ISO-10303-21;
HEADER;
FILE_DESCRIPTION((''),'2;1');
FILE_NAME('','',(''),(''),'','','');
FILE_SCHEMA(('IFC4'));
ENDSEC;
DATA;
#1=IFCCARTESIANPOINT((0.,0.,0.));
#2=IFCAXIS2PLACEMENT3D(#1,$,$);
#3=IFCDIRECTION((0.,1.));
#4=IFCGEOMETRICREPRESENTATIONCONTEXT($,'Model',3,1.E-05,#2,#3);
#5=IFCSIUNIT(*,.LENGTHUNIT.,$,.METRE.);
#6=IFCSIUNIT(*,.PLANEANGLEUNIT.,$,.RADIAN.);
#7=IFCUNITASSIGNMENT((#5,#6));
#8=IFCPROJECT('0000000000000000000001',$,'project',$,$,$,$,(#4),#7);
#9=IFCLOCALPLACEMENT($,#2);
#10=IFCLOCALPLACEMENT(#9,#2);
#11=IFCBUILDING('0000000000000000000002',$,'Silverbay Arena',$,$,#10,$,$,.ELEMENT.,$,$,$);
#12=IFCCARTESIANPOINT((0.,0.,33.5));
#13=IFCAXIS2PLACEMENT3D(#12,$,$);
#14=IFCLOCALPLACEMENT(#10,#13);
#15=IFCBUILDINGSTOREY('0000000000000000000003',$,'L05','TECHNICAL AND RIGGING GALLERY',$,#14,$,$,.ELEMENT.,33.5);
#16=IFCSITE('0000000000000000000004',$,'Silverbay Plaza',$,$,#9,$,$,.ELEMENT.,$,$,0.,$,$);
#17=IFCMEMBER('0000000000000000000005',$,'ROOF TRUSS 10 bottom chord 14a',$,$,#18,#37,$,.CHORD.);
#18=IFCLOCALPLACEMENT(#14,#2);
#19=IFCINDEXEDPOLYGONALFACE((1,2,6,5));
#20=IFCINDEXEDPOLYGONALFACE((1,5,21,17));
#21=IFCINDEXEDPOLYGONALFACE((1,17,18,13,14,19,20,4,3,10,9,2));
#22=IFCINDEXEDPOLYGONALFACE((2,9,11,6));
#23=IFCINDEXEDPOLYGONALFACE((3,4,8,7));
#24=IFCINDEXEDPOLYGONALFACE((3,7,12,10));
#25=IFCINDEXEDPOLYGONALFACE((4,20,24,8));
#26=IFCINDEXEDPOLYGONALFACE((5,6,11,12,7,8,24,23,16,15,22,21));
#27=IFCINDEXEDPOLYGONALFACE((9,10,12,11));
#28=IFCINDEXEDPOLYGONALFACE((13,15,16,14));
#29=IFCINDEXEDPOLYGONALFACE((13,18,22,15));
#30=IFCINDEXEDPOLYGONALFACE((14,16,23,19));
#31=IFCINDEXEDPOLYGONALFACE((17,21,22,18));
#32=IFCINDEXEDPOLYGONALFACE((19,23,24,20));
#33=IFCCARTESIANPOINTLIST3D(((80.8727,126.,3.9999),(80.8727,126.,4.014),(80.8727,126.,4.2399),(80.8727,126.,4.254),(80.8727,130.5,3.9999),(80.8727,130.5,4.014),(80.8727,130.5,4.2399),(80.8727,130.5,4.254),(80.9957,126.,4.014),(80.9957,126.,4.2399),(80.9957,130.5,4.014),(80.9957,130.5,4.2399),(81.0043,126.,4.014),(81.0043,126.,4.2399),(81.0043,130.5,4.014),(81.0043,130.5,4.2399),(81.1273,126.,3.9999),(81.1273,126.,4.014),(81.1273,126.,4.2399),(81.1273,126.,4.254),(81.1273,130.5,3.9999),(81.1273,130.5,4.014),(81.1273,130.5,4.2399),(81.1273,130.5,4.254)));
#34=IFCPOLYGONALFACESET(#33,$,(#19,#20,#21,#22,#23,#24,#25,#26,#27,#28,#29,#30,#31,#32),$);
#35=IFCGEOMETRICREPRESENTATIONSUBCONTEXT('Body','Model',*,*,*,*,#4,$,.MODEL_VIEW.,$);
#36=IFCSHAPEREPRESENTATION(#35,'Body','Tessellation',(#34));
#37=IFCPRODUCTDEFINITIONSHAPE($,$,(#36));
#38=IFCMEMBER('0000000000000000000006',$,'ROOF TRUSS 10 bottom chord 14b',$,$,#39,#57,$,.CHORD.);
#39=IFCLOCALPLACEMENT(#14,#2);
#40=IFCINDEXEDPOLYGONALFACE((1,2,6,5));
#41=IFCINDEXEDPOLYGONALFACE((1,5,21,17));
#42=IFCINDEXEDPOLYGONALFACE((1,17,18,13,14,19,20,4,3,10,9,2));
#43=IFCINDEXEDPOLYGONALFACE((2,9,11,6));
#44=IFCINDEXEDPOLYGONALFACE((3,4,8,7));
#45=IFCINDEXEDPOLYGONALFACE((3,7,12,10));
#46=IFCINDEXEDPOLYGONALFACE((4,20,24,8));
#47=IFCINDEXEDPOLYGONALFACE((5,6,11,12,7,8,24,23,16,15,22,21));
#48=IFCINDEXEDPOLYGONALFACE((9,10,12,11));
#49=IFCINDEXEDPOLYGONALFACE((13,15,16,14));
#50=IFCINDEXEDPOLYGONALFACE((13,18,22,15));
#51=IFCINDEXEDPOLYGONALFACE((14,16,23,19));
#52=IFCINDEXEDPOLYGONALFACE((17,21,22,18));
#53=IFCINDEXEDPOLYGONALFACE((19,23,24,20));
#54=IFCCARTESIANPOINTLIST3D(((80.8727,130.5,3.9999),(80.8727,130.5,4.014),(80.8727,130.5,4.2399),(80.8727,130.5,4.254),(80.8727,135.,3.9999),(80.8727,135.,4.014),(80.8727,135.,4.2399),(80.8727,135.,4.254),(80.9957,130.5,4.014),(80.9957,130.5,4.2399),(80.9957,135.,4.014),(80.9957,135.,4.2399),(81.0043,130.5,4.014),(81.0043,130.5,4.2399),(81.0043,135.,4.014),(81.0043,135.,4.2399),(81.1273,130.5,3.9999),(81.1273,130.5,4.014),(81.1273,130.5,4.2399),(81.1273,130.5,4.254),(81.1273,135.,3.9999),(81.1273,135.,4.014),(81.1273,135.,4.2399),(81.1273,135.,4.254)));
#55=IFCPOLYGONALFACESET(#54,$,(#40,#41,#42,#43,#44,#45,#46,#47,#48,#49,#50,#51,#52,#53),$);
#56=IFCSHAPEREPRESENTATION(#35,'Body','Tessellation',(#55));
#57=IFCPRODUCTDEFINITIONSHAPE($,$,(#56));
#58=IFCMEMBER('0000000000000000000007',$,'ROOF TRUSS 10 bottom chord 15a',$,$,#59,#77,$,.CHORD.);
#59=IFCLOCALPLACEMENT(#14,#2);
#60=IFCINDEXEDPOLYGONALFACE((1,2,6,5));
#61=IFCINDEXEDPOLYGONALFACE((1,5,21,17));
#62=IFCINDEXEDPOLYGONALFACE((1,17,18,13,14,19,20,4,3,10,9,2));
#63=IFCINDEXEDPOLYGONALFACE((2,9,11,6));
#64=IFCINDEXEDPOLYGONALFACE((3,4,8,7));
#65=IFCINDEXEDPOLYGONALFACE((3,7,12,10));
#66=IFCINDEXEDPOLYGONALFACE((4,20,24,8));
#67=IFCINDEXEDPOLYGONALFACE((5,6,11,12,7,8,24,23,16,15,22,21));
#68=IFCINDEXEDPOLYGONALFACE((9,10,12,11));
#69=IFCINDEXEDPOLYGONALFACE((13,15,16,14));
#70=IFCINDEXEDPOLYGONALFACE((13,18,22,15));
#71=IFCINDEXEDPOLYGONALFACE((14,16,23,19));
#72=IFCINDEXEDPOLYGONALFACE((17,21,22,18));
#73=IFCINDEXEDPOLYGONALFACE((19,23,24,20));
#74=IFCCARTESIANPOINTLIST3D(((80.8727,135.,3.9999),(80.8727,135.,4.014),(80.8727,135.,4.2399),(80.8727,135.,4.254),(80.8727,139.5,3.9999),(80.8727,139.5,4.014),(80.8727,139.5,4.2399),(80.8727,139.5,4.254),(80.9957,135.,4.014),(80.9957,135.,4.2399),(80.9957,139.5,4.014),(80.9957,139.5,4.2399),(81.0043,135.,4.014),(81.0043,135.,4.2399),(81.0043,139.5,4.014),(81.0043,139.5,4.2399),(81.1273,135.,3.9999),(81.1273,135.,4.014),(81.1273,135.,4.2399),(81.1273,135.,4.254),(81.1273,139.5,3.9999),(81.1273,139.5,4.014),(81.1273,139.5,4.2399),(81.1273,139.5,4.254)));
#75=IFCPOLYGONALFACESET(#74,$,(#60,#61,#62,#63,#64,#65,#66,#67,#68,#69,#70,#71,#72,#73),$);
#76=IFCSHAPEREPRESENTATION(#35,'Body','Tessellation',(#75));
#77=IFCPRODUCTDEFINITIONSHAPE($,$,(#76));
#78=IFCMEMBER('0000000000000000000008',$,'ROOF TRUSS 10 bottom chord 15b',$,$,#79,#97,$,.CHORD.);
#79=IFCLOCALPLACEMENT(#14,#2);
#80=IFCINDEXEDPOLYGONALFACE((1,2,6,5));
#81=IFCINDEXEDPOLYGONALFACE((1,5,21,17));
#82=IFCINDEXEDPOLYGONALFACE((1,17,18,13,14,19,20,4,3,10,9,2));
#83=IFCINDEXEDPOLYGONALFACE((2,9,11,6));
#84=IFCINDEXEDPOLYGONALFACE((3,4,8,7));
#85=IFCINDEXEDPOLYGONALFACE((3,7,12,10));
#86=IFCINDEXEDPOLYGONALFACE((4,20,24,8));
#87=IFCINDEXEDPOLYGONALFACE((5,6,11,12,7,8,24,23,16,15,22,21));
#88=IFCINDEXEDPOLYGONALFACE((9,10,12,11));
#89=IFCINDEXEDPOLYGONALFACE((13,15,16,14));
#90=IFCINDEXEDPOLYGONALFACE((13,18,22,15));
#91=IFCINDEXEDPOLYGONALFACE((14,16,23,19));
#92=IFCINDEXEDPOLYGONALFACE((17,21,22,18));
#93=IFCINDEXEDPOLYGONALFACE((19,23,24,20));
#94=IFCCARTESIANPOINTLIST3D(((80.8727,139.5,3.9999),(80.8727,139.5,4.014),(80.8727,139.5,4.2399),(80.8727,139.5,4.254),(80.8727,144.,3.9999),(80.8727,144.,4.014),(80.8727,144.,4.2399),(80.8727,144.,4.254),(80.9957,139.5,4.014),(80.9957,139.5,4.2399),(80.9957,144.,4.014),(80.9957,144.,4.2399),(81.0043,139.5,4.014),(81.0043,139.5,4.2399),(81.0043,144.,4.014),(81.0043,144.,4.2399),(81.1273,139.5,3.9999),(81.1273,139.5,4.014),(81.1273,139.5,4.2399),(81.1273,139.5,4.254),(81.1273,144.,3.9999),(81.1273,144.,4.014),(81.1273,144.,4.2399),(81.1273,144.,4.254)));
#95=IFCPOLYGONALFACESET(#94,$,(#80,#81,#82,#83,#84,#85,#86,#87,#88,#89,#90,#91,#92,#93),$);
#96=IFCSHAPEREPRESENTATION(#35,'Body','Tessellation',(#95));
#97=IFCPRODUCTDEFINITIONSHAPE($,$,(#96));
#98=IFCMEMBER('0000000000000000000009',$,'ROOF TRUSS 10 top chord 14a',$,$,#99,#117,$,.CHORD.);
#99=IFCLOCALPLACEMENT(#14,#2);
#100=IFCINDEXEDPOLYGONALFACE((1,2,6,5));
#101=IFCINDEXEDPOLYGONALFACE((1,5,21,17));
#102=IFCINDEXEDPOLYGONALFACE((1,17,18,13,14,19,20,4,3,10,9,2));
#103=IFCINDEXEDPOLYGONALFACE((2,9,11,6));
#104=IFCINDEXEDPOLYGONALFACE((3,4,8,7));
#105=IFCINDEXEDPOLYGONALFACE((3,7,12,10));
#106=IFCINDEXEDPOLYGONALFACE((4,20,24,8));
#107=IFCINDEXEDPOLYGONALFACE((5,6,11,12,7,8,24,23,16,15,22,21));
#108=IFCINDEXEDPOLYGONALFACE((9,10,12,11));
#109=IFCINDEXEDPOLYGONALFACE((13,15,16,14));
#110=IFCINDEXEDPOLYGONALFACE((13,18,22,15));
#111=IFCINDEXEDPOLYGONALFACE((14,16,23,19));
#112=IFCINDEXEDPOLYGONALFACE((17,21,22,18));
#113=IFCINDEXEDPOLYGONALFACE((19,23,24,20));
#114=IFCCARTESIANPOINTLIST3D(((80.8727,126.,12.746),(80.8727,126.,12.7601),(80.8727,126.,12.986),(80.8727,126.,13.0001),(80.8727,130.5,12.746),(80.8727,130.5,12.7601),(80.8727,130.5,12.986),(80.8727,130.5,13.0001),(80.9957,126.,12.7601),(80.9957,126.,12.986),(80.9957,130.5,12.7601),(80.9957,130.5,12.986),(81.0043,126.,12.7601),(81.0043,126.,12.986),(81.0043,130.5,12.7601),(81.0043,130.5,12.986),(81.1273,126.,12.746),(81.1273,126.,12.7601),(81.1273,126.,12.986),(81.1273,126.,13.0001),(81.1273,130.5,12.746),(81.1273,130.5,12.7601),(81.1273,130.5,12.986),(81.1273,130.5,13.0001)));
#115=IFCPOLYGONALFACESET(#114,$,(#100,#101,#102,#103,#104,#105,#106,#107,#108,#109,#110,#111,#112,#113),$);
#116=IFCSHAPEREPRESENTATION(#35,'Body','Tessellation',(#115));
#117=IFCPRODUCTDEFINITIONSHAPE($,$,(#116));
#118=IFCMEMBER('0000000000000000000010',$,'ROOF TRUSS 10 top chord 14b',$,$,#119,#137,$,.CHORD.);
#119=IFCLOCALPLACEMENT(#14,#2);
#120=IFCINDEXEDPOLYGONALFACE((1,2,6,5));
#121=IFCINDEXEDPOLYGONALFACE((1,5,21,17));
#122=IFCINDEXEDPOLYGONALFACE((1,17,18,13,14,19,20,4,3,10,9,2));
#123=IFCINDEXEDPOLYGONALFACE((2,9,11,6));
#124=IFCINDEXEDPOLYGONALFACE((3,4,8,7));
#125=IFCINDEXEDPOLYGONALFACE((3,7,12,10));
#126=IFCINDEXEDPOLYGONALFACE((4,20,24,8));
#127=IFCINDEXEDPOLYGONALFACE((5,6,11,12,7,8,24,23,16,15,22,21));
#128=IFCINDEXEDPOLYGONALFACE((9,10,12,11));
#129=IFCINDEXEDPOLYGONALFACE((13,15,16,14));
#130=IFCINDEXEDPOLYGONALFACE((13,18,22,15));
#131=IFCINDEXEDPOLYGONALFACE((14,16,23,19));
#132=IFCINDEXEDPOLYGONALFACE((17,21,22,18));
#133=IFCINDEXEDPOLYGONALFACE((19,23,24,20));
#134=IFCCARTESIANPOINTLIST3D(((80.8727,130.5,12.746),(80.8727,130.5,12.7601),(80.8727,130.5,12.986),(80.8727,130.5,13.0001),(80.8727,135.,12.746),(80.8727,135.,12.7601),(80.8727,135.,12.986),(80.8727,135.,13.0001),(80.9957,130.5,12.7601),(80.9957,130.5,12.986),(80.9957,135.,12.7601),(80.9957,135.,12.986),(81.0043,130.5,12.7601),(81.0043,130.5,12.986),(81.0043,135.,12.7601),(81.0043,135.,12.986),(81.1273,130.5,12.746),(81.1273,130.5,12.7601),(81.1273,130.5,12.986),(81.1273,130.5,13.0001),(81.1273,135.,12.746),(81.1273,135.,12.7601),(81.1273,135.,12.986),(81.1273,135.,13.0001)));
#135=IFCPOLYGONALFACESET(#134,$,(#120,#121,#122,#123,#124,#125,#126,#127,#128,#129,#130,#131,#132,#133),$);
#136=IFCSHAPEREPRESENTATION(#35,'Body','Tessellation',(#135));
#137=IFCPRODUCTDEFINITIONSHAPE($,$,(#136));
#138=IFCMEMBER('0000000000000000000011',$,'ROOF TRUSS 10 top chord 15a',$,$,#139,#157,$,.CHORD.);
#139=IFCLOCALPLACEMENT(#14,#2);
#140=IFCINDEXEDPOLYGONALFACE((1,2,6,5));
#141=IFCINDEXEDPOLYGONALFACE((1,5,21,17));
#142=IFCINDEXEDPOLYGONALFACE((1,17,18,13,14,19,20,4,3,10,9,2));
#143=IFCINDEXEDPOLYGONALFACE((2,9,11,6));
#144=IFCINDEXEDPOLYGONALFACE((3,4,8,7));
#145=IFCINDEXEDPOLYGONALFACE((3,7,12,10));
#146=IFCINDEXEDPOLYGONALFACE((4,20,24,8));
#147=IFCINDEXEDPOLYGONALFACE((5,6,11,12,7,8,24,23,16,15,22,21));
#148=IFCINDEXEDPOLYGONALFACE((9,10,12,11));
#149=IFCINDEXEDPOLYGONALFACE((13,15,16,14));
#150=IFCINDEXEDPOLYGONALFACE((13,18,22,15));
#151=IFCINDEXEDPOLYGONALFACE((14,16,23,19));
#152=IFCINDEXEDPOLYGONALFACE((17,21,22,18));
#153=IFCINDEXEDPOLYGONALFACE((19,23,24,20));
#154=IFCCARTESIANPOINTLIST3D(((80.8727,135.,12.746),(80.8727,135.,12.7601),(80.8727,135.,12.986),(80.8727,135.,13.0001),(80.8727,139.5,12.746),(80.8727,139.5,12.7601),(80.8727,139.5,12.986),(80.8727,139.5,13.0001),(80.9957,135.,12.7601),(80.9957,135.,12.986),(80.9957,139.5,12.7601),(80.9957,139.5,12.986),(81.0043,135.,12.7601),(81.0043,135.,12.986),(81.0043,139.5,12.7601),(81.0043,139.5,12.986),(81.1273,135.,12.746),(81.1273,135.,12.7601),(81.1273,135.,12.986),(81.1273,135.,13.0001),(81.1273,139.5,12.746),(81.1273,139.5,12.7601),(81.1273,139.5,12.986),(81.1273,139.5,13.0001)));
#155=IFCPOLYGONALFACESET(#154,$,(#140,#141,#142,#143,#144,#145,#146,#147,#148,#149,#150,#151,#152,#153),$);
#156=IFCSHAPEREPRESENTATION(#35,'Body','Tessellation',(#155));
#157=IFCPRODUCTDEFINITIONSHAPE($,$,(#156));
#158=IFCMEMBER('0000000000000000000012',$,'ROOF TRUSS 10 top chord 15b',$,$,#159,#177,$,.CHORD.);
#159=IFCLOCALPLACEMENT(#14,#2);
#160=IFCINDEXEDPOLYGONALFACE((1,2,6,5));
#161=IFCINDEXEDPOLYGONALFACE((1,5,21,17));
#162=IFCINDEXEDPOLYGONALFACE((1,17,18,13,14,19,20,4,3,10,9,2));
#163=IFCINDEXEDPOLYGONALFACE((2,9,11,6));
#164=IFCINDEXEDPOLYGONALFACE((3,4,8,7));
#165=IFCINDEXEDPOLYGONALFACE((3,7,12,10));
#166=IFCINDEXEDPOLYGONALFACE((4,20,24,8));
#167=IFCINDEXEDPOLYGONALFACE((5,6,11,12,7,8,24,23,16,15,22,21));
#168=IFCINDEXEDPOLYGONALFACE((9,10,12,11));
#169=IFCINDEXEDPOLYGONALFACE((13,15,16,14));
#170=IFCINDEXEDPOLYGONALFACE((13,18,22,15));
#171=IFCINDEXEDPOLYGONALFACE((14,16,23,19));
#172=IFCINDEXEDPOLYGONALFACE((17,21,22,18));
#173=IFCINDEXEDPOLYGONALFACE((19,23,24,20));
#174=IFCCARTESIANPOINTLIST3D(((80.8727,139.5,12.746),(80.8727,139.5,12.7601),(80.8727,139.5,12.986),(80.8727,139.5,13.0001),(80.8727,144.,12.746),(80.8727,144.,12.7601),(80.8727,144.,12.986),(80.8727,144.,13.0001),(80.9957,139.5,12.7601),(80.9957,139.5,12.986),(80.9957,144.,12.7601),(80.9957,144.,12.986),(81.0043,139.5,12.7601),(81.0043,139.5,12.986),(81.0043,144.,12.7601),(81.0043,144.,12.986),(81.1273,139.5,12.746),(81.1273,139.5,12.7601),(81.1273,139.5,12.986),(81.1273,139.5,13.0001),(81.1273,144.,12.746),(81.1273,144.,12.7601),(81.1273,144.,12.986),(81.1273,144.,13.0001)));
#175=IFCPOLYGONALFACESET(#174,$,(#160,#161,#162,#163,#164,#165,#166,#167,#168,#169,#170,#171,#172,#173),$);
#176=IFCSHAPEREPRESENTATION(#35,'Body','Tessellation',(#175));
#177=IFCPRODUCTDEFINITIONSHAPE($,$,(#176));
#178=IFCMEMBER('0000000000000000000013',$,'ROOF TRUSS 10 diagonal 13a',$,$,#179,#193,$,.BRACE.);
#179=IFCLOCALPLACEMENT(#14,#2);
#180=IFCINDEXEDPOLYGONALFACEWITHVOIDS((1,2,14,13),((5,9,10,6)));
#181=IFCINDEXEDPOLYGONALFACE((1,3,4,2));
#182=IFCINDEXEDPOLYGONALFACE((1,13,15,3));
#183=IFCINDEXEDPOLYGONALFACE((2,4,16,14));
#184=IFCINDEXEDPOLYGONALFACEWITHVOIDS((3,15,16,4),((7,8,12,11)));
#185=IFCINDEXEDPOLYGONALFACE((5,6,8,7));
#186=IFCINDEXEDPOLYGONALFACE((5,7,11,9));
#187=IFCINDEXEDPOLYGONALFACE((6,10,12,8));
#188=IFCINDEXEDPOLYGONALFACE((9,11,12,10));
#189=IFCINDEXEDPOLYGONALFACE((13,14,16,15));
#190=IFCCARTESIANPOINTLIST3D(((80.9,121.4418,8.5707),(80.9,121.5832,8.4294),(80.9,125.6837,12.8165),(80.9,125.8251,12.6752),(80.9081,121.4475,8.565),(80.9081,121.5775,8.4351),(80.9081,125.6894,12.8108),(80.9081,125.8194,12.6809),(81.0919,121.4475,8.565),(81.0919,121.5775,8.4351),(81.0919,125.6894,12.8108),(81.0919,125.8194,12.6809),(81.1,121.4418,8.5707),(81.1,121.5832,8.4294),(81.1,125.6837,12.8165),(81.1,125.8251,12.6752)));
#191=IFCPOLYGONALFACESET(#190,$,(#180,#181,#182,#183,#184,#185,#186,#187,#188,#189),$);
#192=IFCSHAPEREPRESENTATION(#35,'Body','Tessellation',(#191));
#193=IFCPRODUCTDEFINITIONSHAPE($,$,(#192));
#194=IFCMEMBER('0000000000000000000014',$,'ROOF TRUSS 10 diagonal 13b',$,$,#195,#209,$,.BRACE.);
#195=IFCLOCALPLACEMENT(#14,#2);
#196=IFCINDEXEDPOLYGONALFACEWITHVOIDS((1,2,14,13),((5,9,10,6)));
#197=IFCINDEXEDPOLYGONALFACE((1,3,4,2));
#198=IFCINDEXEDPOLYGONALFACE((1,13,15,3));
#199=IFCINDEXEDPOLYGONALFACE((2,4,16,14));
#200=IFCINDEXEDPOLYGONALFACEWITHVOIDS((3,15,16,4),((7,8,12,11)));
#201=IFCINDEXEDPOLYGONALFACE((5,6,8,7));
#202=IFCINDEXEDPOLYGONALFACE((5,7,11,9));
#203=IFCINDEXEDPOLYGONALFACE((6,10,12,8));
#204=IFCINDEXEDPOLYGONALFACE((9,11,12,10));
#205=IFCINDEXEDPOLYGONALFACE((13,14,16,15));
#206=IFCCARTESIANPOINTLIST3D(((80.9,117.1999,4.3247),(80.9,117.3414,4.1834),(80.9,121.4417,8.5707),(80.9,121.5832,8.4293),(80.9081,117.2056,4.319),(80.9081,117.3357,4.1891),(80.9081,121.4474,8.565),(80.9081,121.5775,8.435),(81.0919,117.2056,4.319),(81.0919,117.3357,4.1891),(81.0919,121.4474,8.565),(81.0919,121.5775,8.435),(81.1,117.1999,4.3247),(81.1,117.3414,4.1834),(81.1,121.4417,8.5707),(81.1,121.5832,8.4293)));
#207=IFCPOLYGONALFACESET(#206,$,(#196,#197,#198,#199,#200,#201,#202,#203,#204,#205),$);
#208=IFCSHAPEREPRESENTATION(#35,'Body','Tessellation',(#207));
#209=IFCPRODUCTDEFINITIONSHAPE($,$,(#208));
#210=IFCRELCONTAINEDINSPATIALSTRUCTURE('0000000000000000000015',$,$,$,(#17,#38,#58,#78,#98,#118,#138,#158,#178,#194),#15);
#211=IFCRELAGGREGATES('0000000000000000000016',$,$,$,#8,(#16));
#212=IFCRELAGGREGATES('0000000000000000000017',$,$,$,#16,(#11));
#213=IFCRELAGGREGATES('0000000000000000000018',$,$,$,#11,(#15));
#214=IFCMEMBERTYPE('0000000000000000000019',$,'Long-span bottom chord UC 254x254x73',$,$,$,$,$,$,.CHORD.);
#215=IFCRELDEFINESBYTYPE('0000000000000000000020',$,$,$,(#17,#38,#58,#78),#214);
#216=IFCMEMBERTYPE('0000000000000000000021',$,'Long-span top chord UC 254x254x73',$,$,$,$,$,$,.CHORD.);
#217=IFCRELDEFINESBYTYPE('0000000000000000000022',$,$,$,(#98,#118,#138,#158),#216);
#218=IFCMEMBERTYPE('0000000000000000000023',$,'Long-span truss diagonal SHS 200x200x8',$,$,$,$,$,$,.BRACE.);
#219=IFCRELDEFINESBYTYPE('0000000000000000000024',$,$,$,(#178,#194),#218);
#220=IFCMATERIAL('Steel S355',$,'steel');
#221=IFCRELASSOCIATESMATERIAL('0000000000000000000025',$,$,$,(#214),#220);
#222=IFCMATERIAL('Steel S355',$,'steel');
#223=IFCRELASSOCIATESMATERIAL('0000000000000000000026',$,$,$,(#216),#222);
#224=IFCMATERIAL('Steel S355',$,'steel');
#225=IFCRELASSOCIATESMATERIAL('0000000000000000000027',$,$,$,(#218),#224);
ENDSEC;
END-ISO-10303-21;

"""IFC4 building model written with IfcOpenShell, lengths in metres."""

from ifc_helpers import new_model, si_unit, direction, frame, origin, origin_2d, place, context, subcontext, project, spatial, hollow_rectangle, i_section, extrude, material, material_profile, profile_set, type_object, element, save


model = new_model("IFC4")

# Units and contexts
model_context = context("Model", 3, precision=1e-05, world=origin(), true_north=direction((0.0, 1.0)))
body_context = subcontext(model_context, "Body", "Model", "MODEL_VIEW")
ifc_project = project(units=[si_unit("LENGTHUNIT", "METRE"), si_unit("PLANEANGLEUNIT", "RADIAN")], contexts=[model_context])

# Site, building, storey
site_placement = place(None, origin())
site = spatial("IfcSite", under=ifc_project, at=site_placement, Name="Silverbay Plaza", CompositionType="ELEMENT", RefElevation=0.0)
building_placement = place(site_placement, origin())
building = spatial("IfcBuilding", under=site, at=building_placement, Name="Silverbay Arena", CompositionType="ELEMENT")
storey_placement = place(building_placement, frame((0.0, 0.0, 33.5)))
storey = spatial("IfcBuildingStorey", under=building, at=storey_placement, Name="L05", Description="TECHNICAL AND RIGGING GALLERY", CompositionType="ELEMENT", Elevation=33.5)

# Members
ifc_material_1 = material(Name="Steel S355", Category="steel")
ifc_material_profile_1 = material_profile(ifc_material_1, i_section(OverallWidth=0.2546, OverallDepth=0.2542, WebThickness=0.0085, FlangeThickness=0.0142, at=origin_2d()), Name="UC 254x254x73")
ifc_profile_set_1 = profile_set([ifc_material_profile_1], Name="Steel S355")
member_type_1 = type_object("IfcMemberType", Name="Long-span bottom chord UC 254x254x73", PredefinedType="CHORD", material=ifc_profile_set_1)
for number, where, z_axis, x_axis, name in (
    (1, (81.0, 126.0, 4.127), (0.0, 1.0, 0.0), (-1.0, 0.0, 0.0), "ROOF TRUSS 10 bottom chord 14a"),
    (2, (81.0, 130.5, 4.127), (0.0, 1.0, 0.0), (-1.0, 0.0, 0.0), "ROOF TRUSS 10 bottom chord 14b"),
    (3, (81.0, 135.0, 4.127), (0.0, 1.0, 0.0), (-1.0, 0.0, 0.0), "ROOF TRUSS 10 bottom chord 15a"),
    (4, (81.0, 139.5, 4.127), (0.0, 1.0, 0.0), (-1.0, 0.0, 0.0), "ROOF TRUSS 10 bottom chord 15b"),
):
    element("IfcMember", number, at=place(storey_placement, frame(where, z_axis=z_axis, x_axis=x_axis)), inside=storey, type_object=member_type_1, Name=name, PredefinedType="CHORD", context=body_context, shape_type="SweptSolid", body=[
        extrude(i_section(OverallWidth=0.2546, OverallDepth=0.2542, WebThickness=0.0085, FlangeThickness=0.0142, at=origin_2d()), origin(), (0.0, 0.0, 1.0), 4.5),
    ])
ifc_material_2 = material(Name="Steel S355", Category="steel")
ifc_material_profile_2 = material_profile(ifc_material_2, i_section(OverallWidth=0.2546, OverallDepth=0.2542, WebThickness=0.0085, FlangeThickness=0.0142, at=origin_2d()), Name="UC 254x254x73")
ifc_profile_set_2 = profile_set([ifc_material_profile_2], Name="Steel S355")
member_type_2 = type_object("IfcMemberType", Name="Long-span top chord UC 254x254x73", PredefinedType="CHORD", material=ifc_profile_set_2)
for number, where, z_axis, x_axis, name in (
    (5, (81.0, 126.0, 12.873), (0.0, 1.0, 0.0), (-1.0, 0.0, 0.0), "ROOF TRUSS 10 top chord 14a"),
    (6, (81.0, 130.5, 12.873), (0.0, 1.0, 0.0), (-1.0, 0.0, 0.0), "ROOF TRUSS 10 top chord 14b"),
    (7, (81.0, 135.0, 12.873), (0.0, 1.0, 0.0), (-1.0, 0.0, 0.0), "ROOF TRUSS 10 top chord 15a"),
    (8, (81.0, 139.5, 12.873), (0.0, 1.0, 0.0), (-1.0, 0.0, 0.0), "ROOF TRUSS 10 top chord 15b"),
):
    element("IfcMember", number, at=place(storey_placement, frame(where, z_axis=z_axis, x_axis=x_axis)), inside=storey, type_object=member_type_2, Name=name, PredefinedType="CHORD", context=body_context, shape_type="SweptSolid", body=[
        extrude(i_section(OverallWidth=0.2546, OverallDepth=0.2542, WebThickness=0.0085, FlangeThickness=0.0142, at=origin_2d()), origin(), (0.0, 0.0, 1.0), 4.5),
    ])
ifc_material_3 = material(Name="Steel S355", Category="steel")
ifc_material_profile_3 = material_profile(ifc_material_3, hollow_rectangle(XDim=0.2, YDim=0.2, WallThickness=0.0081, at=origin_2d()), Name="SHS 200x200x8")
ifc_profile_set_3 = profile_set([ifc_material_profile_3], Name="Steel S355")
member_type_3 = type_object("IfcMemberType", Name="Long-span truss diagonal SHS 200x200x8", PredefinedType="BRACE", material=ifc_profile_set_3)
for number, where, z_axis, x_axis, name in (
    (9, (81.0, 125.7544, 12.7458), (0.0, -0.706781, -0.707432), (1.0, 0.0, 0.0), "ROOF TRUSS 10 diagonal 13a"),
    (10, (81.0, 121.5125, 8.5), (0.0, -0.706761, -0.707452), (1.0, 0.0, 0.0), "ROOF TRUSS 10 diagonal 13b"),
):
    element("IfcMember", number, at=place(storey_placement, frame(where, z_axis=z_axis, x_axis=x_axis)), inside=storey, type_object=member_type_3, Name=name, PredefinedType="BRACE", context=body_context, shape_type="SweptSolid", body=[
        extrude(hollow_rectangle(XDim=0.2, YDim=0.2, WallThickness=0.0081, at=origin_2d()), origin(), (0.0, 0.0, 1.0), 6.0017),
    ])

save(model, "model.ifc")
